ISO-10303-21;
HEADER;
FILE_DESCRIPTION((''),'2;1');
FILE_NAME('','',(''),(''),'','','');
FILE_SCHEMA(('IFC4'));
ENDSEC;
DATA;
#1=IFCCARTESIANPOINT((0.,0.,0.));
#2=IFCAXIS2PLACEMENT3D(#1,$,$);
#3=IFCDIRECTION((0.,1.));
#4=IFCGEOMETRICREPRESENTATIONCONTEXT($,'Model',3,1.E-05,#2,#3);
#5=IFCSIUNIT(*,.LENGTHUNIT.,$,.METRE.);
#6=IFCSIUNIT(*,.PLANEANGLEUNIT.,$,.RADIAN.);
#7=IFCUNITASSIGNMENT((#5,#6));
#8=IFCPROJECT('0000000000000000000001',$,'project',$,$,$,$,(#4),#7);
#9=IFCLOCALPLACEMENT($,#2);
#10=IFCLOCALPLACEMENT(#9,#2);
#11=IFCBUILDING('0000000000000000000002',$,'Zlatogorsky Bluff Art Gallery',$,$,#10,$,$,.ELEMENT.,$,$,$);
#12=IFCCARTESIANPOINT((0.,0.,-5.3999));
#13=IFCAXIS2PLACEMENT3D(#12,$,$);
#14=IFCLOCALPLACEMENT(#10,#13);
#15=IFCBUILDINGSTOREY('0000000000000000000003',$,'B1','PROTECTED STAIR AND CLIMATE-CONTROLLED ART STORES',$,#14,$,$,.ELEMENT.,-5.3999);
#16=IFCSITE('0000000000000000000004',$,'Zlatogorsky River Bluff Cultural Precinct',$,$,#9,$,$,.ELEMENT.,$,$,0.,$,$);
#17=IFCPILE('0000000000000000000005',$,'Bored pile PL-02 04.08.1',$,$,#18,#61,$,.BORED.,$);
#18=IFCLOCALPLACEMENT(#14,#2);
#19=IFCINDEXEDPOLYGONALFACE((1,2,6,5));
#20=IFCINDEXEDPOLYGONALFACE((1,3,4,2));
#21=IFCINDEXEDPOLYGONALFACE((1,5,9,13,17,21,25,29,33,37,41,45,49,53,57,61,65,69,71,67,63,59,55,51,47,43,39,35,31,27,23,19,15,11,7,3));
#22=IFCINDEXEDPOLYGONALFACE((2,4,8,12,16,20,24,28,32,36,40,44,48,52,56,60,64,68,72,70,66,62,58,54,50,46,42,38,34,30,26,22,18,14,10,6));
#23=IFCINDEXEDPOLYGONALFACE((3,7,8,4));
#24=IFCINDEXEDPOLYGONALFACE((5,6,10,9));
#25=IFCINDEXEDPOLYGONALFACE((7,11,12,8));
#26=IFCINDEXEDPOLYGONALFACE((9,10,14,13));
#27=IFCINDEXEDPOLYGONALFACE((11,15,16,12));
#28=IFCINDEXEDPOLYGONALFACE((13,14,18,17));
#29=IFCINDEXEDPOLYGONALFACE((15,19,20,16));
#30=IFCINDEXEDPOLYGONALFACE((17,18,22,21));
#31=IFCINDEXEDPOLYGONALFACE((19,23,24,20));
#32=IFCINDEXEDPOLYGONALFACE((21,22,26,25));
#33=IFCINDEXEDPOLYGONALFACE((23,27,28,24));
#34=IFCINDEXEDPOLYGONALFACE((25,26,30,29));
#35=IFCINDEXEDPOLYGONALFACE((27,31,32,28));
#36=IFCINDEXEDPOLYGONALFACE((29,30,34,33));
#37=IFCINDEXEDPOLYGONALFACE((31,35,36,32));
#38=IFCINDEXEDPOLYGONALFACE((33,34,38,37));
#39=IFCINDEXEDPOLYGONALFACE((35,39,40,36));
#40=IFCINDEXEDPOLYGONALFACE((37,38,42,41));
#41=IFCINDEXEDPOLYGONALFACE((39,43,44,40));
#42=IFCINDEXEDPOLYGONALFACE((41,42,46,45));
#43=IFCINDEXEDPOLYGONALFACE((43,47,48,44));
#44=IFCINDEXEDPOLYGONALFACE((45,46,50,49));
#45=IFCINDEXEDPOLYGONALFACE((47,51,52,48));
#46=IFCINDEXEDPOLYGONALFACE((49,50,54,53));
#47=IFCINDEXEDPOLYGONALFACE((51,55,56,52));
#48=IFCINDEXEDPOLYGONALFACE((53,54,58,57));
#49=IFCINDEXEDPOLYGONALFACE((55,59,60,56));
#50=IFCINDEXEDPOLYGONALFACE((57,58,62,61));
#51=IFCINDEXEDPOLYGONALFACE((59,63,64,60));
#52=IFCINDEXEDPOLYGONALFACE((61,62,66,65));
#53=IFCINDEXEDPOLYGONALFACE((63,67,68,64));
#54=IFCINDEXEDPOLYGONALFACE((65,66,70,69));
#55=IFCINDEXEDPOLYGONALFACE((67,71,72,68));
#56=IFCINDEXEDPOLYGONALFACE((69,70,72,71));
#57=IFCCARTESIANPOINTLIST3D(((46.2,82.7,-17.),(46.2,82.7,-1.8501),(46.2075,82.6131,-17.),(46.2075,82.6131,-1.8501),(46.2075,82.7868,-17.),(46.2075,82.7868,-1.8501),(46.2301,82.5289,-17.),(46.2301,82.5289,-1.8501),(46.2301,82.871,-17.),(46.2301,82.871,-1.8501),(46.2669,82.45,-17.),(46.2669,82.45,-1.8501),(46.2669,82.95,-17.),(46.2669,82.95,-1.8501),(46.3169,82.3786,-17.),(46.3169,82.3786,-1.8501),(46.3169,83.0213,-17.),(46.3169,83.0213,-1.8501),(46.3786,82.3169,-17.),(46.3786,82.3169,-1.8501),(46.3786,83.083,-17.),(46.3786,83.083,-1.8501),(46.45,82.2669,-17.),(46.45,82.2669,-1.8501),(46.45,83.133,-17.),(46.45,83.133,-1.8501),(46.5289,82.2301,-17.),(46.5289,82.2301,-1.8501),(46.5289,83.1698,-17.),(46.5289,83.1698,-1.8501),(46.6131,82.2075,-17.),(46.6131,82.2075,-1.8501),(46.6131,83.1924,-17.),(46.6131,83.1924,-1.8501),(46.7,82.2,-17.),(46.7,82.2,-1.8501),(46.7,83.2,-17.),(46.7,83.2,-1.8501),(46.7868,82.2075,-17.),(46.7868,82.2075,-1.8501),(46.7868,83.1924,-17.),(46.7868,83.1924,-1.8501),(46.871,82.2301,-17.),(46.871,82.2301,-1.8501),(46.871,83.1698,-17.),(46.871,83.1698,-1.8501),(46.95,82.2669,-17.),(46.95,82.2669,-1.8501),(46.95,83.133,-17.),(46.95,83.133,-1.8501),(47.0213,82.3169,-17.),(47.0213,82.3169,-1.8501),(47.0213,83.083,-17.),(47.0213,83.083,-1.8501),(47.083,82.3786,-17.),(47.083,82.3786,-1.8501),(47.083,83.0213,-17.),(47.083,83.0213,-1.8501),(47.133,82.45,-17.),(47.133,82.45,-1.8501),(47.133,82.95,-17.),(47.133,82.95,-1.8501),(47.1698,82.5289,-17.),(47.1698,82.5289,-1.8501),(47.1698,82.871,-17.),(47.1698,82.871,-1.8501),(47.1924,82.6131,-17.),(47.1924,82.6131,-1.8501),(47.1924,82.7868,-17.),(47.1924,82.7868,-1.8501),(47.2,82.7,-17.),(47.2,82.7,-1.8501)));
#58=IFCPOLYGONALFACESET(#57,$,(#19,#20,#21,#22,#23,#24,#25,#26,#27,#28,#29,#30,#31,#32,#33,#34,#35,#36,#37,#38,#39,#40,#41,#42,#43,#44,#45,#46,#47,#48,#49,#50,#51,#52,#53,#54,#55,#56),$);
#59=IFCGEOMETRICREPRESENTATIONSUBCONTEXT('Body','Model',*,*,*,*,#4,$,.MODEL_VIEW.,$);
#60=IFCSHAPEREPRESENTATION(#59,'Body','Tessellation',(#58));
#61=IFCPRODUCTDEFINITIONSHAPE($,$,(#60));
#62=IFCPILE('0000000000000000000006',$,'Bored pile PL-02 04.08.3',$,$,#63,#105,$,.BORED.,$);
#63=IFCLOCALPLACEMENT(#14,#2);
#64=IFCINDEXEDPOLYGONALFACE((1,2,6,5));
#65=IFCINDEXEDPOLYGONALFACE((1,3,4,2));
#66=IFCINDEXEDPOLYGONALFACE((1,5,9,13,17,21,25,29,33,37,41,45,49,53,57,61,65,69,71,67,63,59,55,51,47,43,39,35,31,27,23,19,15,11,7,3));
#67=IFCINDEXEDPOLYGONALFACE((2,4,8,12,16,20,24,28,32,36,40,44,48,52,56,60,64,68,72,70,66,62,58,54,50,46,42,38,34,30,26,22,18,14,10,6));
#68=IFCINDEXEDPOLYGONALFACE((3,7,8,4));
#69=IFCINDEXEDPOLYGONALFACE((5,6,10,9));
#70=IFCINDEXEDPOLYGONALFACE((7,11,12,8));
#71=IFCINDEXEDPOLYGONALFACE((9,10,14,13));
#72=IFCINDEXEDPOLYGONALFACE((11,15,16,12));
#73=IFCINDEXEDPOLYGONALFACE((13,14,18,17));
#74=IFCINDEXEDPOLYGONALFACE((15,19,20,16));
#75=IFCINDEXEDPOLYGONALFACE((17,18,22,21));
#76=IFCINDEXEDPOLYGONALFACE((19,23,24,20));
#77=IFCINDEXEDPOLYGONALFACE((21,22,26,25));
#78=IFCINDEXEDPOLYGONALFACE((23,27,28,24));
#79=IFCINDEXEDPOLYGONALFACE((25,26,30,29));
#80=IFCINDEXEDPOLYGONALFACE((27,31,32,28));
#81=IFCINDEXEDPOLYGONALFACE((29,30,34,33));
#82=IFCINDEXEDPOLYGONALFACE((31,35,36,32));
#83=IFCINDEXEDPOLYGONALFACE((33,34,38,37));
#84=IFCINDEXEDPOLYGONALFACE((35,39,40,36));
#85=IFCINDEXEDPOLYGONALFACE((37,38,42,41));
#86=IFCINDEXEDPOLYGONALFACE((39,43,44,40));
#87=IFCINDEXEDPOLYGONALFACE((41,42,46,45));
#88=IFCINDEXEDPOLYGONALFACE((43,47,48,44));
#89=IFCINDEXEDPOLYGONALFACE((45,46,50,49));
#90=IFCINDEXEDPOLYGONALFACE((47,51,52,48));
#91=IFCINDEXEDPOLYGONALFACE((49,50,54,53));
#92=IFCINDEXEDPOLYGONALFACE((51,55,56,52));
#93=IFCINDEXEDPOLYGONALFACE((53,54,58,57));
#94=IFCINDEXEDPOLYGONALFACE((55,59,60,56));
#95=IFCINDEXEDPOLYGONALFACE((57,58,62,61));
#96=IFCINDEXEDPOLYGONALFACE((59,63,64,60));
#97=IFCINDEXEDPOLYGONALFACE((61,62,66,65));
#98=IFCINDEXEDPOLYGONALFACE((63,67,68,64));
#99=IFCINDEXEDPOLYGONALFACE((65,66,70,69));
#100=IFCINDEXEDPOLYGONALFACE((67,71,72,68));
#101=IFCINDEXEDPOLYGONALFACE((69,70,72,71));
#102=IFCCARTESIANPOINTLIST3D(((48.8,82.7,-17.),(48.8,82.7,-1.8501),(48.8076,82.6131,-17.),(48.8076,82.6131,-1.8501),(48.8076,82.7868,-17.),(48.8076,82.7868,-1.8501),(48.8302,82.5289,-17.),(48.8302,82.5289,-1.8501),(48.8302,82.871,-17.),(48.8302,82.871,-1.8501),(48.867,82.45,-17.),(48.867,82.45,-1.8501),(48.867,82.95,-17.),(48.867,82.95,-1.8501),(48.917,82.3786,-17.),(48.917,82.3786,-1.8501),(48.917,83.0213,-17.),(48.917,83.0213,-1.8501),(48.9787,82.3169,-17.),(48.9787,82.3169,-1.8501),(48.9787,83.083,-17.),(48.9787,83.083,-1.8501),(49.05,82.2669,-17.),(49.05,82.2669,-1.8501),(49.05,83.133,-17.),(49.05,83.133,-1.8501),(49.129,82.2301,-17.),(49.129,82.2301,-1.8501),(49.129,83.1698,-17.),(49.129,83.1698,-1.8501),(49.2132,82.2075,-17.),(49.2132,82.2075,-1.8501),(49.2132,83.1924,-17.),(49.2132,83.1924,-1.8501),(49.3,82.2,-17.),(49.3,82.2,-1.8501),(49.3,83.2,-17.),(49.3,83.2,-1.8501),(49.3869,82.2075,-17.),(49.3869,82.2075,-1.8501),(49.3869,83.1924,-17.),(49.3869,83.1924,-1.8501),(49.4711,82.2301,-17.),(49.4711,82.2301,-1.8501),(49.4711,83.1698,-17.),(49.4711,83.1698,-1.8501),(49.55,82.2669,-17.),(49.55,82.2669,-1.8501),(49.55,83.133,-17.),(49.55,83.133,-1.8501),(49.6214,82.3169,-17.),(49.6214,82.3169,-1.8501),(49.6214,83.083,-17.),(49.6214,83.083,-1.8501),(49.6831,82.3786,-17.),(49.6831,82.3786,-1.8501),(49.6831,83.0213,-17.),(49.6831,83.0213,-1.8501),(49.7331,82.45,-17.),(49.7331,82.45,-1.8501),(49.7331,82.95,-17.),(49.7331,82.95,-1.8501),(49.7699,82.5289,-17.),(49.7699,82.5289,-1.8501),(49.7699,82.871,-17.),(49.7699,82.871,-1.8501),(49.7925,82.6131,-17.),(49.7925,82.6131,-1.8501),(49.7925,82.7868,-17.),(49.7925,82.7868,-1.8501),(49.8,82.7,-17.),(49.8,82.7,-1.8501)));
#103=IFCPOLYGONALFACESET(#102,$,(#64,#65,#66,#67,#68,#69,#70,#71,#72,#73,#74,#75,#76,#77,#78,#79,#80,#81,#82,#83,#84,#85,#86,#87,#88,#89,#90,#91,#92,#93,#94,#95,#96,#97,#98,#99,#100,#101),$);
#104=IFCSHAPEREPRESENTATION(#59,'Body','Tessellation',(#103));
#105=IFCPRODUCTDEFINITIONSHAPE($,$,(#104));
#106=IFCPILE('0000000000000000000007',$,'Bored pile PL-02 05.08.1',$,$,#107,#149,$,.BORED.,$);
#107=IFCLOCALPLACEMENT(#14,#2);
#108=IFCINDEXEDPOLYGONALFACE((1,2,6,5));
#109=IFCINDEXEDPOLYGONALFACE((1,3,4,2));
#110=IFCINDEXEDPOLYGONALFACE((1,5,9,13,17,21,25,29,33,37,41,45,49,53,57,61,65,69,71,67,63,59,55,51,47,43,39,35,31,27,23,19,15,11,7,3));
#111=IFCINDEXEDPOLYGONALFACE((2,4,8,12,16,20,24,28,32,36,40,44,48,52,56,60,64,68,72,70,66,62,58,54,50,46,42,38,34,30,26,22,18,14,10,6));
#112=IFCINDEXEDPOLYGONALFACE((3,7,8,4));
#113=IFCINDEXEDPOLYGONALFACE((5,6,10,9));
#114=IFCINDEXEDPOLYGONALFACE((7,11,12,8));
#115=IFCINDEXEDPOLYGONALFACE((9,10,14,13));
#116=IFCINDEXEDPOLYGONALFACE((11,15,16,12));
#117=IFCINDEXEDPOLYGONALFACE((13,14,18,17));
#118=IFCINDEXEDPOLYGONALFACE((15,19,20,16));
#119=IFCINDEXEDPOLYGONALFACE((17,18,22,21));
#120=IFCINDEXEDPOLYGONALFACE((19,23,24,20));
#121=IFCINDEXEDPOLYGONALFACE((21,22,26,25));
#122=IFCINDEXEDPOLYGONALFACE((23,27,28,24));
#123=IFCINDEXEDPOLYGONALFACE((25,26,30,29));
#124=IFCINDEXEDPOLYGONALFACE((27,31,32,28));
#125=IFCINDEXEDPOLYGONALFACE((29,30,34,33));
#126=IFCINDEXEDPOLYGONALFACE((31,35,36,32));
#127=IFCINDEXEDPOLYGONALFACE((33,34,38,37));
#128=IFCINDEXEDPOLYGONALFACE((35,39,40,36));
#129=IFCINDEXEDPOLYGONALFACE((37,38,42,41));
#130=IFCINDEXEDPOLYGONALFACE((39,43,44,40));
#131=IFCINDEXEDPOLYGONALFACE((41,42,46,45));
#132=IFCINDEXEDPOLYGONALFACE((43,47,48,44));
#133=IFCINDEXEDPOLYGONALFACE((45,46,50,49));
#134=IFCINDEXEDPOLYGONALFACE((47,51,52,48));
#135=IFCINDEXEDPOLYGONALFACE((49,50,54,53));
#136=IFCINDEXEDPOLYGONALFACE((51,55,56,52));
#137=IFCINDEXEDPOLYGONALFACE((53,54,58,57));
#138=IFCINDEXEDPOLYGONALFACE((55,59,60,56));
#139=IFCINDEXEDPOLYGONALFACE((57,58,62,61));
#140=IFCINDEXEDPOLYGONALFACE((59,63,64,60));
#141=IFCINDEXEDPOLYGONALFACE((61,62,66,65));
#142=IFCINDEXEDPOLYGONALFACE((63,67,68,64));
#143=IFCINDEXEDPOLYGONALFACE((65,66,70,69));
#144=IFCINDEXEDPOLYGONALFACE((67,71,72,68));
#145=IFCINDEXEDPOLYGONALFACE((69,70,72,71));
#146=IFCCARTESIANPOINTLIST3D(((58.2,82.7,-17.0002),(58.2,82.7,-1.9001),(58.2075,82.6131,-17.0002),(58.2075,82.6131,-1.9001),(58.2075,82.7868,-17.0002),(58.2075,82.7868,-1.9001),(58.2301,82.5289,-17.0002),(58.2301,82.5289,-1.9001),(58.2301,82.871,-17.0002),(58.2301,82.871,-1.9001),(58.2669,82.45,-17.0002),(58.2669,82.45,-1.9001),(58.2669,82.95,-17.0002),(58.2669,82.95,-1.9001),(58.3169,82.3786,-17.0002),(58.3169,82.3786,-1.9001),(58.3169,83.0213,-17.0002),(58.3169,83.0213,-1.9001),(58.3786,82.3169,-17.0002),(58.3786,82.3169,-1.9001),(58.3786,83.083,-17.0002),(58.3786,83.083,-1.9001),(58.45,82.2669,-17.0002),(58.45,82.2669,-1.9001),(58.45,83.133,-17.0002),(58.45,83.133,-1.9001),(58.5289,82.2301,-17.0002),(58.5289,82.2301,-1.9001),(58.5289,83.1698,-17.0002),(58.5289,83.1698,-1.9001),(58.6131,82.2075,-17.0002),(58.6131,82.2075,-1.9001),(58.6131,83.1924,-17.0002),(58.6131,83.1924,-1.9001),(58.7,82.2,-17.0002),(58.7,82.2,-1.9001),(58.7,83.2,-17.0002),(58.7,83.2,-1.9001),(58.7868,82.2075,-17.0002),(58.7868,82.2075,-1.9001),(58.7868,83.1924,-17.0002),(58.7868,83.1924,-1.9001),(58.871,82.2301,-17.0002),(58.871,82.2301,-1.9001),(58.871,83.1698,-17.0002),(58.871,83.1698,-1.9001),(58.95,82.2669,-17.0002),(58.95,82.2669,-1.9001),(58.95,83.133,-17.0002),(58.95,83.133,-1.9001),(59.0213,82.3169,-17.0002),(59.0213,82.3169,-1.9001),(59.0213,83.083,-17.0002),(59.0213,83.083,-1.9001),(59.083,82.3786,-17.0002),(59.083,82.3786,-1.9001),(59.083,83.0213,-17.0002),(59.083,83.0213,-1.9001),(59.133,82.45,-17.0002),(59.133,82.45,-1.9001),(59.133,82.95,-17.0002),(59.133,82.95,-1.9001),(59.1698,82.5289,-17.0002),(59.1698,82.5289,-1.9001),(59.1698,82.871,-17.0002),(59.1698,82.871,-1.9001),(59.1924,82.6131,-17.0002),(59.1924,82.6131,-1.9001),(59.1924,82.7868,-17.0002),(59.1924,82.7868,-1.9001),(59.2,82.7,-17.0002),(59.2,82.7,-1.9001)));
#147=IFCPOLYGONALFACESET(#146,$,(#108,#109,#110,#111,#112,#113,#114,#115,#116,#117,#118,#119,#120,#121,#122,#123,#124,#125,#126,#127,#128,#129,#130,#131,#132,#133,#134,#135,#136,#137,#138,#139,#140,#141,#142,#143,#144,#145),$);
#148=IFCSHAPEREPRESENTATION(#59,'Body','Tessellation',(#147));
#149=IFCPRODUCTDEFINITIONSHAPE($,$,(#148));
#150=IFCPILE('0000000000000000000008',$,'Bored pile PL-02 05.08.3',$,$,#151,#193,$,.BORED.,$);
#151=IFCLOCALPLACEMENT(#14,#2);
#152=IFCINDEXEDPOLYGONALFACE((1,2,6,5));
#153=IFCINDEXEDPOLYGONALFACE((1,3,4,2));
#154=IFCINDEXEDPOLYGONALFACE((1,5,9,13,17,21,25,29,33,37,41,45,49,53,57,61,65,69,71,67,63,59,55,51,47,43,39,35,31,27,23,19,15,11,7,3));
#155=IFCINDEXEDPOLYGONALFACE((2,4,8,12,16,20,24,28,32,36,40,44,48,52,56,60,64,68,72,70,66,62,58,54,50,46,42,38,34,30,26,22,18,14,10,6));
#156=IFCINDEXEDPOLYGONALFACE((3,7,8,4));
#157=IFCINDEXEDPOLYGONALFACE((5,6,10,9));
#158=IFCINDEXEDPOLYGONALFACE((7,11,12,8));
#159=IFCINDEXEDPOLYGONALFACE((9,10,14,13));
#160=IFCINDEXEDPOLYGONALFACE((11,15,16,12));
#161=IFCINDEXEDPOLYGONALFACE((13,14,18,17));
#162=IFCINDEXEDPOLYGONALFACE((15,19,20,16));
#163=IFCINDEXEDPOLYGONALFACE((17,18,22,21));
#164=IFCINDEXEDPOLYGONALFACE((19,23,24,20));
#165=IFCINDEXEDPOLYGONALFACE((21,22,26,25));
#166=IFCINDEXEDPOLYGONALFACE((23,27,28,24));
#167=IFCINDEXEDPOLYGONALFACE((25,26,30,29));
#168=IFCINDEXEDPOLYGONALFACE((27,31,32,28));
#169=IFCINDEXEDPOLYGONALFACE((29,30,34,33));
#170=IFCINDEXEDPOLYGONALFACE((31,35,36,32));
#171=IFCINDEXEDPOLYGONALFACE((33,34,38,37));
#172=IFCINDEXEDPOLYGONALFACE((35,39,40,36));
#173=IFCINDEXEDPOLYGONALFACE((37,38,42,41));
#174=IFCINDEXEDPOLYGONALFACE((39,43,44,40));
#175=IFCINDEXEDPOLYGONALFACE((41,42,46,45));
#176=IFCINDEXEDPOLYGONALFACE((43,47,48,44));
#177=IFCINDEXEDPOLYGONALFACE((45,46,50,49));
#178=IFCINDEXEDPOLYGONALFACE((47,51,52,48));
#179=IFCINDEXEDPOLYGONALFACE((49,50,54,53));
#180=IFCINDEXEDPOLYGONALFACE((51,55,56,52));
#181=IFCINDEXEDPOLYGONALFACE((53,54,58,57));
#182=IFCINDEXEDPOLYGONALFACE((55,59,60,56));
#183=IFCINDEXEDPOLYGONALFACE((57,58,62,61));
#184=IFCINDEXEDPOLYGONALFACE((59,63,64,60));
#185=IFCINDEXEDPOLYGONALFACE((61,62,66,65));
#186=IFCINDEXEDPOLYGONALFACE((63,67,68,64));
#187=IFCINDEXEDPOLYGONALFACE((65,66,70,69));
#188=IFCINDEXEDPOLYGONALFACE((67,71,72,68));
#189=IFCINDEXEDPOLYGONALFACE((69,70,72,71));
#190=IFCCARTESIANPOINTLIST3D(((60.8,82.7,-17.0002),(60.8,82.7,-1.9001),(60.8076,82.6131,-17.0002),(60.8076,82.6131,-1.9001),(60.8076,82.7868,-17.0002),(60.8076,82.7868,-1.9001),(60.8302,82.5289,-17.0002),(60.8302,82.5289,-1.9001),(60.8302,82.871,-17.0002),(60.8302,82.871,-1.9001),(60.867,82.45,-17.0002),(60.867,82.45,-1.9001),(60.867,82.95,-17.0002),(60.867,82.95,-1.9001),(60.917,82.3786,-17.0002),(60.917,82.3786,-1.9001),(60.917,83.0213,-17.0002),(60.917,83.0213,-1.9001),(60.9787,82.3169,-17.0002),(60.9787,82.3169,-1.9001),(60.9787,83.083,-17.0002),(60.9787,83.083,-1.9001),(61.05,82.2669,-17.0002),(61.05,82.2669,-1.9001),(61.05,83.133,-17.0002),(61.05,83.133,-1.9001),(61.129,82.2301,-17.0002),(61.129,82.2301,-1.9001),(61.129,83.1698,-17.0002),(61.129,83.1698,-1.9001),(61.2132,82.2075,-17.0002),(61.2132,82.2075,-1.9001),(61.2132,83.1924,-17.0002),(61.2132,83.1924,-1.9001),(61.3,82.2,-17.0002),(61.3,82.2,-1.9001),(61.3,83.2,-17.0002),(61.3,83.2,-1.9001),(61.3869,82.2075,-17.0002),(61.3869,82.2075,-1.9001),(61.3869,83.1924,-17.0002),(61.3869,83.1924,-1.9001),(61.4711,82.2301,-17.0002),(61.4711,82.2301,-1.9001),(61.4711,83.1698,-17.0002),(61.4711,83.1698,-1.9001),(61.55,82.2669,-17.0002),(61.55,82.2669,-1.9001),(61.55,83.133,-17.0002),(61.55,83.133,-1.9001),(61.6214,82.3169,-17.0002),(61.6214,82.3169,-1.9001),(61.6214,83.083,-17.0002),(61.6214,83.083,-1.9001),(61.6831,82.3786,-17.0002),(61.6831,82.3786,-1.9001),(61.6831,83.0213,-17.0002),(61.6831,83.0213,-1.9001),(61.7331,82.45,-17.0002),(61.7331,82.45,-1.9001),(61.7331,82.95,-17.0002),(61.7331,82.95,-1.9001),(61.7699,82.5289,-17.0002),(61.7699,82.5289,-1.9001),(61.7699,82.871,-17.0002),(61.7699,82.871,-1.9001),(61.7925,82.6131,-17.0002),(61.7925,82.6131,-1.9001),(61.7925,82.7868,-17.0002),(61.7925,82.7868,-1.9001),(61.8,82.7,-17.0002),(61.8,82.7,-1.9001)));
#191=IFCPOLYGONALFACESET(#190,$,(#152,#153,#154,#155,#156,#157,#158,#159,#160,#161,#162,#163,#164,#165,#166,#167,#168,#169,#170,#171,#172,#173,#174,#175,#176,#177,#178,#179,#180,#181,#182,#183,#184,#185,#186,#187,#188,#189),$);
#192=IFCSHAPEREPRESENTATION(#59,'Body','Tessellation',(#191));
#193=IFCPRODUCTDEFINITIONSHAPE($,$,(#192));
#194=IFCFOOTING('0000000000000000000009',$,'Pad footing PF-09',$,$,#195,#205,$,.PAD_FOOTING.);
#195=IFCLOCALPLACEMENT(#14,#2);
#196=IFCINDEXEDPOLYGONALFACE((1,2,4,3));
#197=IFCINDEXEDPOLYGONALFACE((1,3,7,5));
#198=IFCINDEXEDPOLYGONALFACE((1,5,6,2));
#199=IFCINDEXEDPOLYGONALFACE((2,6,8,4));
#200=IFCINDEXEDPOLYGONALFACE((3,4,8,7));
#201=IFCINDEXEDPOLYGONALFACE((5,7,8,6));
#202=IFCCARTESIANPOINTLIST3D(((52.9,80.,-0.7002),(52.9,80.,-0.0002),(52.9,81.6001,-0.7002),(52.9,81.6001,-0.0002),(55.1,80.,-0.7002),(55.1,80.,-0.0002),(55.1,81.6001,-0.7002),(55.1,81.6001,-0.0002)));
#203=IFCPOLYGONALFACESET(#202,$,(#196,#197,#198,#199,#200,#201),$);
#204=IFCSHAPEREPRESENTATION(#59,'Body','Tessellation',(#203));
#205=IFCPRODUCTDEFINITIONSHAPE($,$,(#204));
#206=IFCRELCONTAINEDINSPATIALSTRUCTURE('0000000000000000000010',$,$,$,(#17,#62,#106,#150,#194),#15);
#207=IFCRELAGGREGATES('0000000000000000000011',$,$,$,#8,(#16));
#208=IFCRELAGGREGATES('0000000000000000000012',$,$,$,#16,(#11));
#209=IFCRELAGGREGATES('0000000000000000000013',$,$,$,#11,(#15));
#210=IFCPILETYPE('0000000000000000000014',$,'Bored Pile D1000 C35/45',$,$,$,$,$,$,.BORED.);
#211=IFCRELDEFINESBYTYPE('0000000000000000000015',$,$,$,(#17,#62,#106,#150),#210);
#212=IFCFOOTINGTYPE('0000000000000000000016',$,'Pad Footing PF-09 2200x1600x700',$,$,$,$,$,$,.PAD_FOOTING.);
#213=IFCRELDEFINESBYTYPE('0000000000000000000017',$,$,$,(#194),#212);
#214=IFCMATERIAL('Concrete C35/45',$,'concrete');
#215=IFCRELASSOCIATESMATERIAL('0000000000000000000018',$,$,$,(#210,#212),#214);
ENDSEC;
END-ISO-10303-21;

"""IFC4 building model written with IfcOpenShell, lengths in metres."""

from ifc_helpers import new_model, si_unit, direction, frame, origin, origin_2d, place, context, subcontext, project, spatial, rectangle, circle, extrude, material, material_profile, profile_set, type_object, element, save


model = new_model("IFC4")

# Units and contexts
model_context = context("Model", 3, precision=1e-05, world=origin(), true_north=direction((0.0, 1.0)))
body_context = subcontext(model_context, "Body", "Model", "MODEL_VIEW")
ifc_project = project(units=[si_unit("LENGTHUNIT", "METRE"), si_unit("PLANEANGLEUNIT", "RADIAN")], contexts=[model_context])

# Site, building, storey
site_placement = place(None, origin())
site = spatial("IfcSite", under=ifc_project, at=site_placement, Name="Zlatogorsky River Bluff Cultural Precinct", CompositionType="ELEMENT", RefElevation=0.0)
building_placement = place(site_placement, origin())
building = spatial("IfcBuilding", under=site, at=building_placement, Name="Zlatogorsky Bluff Art Gallery", CompositionType="ELEMENT")
storey_placement = place(building_placement, frame((0.0, 0.0, -5.3999)))
storey = spatial("IfcBuildingStorey", under=building, at=storey_placement, Name="B1", Description="PROTECTED STAIR AND CLIMATE-CONTROLLED ART STORES", CompositionType="ELEMENT", Elevation=-5.3999)

# Piles
ifc_material_1 = material(Name="Concrete C35/45", Category="concrete")
ifc_material_profile_1 = material_profile(ifc_material_1, circle(Radius=0.5, at=origin_2d()), Name="BORED PILE D1000")
ifc_profile_set_1 = profile_set([ifc_material_profile_1], Name="Concrete C35/45")
pile_type = type_object("IfcPileType", Name="Bored Pile D1000 C35/45", PredefinedType="BORED", material=ifc_profile_set_1)
for number, where, z_axis, x_axis, name in (
    (1, (46.7, 82.7, -1.8501), (0.0, 0.0, -1.0), (1.0, 0.0, 0.0), "Bored pile PL-02 04.08.1"),
    (2, (49.3, 82.7, -1.8501), (0.0, 0.0, -1.0), (1.0, 0.0, 0.0), "Bored pile PL-02 04.08.3"),
):
    element("IfcPile", number, at=place(storey_placement, frame(where, z_axis=z_axis, x_axis=x_axis)), inside=storey, type_object=pile_type, Name=name, PredefinedType="BORED", context=body_context, shape_type="SweptSolid", body=[
        extrude(circle(Radius=0.5, at=origin_2d()), origin(), (0.0, 0.0, 1.0), 15.1499),
    ])
for number, where, z_axis, x_axis, name in (
    (3, (58.7, 82.7, -1.9001), (0.0, 0.0, -1.0), (1.0, 0.0, 0.0), "Bored pile PL-02 05.08.1"),
    (4, (61.3, 82.7, -1.9001), (0.0, 0.0, -1.0), (1.0, 0.0, 0.0), "Bored pile PL-02 05.08.3"),
):
    element("IfcPile", number, at=place(storey_placement, frame(where, z_axis=z_axis, x_axis=x_axis)), inside=storey, type_object=pile_type, Name=name, PredefinedType="BORED", context=body_context, shape_type="SweptSolid", body=[
        extrude(circle(Radius=0.5, at=origin_2d()), origin(), (0.0, 0.0, 1.0), 15.1001),
    ])

# Footing
footing_type = type_object("IfcFootingType", Name="Pad Footing PF-09 2200x1600x700", PredefinedType="PAD_FOOTING", material=ifc_material_1)
footing_placement = place(storey_placement, frame((54.0, 80.8, -0.7002), z_axis=(0.0, 0.0, 1.0), x_axis=(1.0, 0.0, 0.0)))
element("IfcFooting", 5, at=footing_placement, inside=storey, type_object=footing_type, Name="Pad footing PF-09", PredefinedType="PAD_FOOTING", context=body_context, shape_type="SweptSolid", body=[
    extrude(rectangle(XDim=2.2, YDim=1.6001, at=origin_2d()), origin(), (0.0, 0.0, 1.0), 0.7),
])

save(model, "model.ifc")
